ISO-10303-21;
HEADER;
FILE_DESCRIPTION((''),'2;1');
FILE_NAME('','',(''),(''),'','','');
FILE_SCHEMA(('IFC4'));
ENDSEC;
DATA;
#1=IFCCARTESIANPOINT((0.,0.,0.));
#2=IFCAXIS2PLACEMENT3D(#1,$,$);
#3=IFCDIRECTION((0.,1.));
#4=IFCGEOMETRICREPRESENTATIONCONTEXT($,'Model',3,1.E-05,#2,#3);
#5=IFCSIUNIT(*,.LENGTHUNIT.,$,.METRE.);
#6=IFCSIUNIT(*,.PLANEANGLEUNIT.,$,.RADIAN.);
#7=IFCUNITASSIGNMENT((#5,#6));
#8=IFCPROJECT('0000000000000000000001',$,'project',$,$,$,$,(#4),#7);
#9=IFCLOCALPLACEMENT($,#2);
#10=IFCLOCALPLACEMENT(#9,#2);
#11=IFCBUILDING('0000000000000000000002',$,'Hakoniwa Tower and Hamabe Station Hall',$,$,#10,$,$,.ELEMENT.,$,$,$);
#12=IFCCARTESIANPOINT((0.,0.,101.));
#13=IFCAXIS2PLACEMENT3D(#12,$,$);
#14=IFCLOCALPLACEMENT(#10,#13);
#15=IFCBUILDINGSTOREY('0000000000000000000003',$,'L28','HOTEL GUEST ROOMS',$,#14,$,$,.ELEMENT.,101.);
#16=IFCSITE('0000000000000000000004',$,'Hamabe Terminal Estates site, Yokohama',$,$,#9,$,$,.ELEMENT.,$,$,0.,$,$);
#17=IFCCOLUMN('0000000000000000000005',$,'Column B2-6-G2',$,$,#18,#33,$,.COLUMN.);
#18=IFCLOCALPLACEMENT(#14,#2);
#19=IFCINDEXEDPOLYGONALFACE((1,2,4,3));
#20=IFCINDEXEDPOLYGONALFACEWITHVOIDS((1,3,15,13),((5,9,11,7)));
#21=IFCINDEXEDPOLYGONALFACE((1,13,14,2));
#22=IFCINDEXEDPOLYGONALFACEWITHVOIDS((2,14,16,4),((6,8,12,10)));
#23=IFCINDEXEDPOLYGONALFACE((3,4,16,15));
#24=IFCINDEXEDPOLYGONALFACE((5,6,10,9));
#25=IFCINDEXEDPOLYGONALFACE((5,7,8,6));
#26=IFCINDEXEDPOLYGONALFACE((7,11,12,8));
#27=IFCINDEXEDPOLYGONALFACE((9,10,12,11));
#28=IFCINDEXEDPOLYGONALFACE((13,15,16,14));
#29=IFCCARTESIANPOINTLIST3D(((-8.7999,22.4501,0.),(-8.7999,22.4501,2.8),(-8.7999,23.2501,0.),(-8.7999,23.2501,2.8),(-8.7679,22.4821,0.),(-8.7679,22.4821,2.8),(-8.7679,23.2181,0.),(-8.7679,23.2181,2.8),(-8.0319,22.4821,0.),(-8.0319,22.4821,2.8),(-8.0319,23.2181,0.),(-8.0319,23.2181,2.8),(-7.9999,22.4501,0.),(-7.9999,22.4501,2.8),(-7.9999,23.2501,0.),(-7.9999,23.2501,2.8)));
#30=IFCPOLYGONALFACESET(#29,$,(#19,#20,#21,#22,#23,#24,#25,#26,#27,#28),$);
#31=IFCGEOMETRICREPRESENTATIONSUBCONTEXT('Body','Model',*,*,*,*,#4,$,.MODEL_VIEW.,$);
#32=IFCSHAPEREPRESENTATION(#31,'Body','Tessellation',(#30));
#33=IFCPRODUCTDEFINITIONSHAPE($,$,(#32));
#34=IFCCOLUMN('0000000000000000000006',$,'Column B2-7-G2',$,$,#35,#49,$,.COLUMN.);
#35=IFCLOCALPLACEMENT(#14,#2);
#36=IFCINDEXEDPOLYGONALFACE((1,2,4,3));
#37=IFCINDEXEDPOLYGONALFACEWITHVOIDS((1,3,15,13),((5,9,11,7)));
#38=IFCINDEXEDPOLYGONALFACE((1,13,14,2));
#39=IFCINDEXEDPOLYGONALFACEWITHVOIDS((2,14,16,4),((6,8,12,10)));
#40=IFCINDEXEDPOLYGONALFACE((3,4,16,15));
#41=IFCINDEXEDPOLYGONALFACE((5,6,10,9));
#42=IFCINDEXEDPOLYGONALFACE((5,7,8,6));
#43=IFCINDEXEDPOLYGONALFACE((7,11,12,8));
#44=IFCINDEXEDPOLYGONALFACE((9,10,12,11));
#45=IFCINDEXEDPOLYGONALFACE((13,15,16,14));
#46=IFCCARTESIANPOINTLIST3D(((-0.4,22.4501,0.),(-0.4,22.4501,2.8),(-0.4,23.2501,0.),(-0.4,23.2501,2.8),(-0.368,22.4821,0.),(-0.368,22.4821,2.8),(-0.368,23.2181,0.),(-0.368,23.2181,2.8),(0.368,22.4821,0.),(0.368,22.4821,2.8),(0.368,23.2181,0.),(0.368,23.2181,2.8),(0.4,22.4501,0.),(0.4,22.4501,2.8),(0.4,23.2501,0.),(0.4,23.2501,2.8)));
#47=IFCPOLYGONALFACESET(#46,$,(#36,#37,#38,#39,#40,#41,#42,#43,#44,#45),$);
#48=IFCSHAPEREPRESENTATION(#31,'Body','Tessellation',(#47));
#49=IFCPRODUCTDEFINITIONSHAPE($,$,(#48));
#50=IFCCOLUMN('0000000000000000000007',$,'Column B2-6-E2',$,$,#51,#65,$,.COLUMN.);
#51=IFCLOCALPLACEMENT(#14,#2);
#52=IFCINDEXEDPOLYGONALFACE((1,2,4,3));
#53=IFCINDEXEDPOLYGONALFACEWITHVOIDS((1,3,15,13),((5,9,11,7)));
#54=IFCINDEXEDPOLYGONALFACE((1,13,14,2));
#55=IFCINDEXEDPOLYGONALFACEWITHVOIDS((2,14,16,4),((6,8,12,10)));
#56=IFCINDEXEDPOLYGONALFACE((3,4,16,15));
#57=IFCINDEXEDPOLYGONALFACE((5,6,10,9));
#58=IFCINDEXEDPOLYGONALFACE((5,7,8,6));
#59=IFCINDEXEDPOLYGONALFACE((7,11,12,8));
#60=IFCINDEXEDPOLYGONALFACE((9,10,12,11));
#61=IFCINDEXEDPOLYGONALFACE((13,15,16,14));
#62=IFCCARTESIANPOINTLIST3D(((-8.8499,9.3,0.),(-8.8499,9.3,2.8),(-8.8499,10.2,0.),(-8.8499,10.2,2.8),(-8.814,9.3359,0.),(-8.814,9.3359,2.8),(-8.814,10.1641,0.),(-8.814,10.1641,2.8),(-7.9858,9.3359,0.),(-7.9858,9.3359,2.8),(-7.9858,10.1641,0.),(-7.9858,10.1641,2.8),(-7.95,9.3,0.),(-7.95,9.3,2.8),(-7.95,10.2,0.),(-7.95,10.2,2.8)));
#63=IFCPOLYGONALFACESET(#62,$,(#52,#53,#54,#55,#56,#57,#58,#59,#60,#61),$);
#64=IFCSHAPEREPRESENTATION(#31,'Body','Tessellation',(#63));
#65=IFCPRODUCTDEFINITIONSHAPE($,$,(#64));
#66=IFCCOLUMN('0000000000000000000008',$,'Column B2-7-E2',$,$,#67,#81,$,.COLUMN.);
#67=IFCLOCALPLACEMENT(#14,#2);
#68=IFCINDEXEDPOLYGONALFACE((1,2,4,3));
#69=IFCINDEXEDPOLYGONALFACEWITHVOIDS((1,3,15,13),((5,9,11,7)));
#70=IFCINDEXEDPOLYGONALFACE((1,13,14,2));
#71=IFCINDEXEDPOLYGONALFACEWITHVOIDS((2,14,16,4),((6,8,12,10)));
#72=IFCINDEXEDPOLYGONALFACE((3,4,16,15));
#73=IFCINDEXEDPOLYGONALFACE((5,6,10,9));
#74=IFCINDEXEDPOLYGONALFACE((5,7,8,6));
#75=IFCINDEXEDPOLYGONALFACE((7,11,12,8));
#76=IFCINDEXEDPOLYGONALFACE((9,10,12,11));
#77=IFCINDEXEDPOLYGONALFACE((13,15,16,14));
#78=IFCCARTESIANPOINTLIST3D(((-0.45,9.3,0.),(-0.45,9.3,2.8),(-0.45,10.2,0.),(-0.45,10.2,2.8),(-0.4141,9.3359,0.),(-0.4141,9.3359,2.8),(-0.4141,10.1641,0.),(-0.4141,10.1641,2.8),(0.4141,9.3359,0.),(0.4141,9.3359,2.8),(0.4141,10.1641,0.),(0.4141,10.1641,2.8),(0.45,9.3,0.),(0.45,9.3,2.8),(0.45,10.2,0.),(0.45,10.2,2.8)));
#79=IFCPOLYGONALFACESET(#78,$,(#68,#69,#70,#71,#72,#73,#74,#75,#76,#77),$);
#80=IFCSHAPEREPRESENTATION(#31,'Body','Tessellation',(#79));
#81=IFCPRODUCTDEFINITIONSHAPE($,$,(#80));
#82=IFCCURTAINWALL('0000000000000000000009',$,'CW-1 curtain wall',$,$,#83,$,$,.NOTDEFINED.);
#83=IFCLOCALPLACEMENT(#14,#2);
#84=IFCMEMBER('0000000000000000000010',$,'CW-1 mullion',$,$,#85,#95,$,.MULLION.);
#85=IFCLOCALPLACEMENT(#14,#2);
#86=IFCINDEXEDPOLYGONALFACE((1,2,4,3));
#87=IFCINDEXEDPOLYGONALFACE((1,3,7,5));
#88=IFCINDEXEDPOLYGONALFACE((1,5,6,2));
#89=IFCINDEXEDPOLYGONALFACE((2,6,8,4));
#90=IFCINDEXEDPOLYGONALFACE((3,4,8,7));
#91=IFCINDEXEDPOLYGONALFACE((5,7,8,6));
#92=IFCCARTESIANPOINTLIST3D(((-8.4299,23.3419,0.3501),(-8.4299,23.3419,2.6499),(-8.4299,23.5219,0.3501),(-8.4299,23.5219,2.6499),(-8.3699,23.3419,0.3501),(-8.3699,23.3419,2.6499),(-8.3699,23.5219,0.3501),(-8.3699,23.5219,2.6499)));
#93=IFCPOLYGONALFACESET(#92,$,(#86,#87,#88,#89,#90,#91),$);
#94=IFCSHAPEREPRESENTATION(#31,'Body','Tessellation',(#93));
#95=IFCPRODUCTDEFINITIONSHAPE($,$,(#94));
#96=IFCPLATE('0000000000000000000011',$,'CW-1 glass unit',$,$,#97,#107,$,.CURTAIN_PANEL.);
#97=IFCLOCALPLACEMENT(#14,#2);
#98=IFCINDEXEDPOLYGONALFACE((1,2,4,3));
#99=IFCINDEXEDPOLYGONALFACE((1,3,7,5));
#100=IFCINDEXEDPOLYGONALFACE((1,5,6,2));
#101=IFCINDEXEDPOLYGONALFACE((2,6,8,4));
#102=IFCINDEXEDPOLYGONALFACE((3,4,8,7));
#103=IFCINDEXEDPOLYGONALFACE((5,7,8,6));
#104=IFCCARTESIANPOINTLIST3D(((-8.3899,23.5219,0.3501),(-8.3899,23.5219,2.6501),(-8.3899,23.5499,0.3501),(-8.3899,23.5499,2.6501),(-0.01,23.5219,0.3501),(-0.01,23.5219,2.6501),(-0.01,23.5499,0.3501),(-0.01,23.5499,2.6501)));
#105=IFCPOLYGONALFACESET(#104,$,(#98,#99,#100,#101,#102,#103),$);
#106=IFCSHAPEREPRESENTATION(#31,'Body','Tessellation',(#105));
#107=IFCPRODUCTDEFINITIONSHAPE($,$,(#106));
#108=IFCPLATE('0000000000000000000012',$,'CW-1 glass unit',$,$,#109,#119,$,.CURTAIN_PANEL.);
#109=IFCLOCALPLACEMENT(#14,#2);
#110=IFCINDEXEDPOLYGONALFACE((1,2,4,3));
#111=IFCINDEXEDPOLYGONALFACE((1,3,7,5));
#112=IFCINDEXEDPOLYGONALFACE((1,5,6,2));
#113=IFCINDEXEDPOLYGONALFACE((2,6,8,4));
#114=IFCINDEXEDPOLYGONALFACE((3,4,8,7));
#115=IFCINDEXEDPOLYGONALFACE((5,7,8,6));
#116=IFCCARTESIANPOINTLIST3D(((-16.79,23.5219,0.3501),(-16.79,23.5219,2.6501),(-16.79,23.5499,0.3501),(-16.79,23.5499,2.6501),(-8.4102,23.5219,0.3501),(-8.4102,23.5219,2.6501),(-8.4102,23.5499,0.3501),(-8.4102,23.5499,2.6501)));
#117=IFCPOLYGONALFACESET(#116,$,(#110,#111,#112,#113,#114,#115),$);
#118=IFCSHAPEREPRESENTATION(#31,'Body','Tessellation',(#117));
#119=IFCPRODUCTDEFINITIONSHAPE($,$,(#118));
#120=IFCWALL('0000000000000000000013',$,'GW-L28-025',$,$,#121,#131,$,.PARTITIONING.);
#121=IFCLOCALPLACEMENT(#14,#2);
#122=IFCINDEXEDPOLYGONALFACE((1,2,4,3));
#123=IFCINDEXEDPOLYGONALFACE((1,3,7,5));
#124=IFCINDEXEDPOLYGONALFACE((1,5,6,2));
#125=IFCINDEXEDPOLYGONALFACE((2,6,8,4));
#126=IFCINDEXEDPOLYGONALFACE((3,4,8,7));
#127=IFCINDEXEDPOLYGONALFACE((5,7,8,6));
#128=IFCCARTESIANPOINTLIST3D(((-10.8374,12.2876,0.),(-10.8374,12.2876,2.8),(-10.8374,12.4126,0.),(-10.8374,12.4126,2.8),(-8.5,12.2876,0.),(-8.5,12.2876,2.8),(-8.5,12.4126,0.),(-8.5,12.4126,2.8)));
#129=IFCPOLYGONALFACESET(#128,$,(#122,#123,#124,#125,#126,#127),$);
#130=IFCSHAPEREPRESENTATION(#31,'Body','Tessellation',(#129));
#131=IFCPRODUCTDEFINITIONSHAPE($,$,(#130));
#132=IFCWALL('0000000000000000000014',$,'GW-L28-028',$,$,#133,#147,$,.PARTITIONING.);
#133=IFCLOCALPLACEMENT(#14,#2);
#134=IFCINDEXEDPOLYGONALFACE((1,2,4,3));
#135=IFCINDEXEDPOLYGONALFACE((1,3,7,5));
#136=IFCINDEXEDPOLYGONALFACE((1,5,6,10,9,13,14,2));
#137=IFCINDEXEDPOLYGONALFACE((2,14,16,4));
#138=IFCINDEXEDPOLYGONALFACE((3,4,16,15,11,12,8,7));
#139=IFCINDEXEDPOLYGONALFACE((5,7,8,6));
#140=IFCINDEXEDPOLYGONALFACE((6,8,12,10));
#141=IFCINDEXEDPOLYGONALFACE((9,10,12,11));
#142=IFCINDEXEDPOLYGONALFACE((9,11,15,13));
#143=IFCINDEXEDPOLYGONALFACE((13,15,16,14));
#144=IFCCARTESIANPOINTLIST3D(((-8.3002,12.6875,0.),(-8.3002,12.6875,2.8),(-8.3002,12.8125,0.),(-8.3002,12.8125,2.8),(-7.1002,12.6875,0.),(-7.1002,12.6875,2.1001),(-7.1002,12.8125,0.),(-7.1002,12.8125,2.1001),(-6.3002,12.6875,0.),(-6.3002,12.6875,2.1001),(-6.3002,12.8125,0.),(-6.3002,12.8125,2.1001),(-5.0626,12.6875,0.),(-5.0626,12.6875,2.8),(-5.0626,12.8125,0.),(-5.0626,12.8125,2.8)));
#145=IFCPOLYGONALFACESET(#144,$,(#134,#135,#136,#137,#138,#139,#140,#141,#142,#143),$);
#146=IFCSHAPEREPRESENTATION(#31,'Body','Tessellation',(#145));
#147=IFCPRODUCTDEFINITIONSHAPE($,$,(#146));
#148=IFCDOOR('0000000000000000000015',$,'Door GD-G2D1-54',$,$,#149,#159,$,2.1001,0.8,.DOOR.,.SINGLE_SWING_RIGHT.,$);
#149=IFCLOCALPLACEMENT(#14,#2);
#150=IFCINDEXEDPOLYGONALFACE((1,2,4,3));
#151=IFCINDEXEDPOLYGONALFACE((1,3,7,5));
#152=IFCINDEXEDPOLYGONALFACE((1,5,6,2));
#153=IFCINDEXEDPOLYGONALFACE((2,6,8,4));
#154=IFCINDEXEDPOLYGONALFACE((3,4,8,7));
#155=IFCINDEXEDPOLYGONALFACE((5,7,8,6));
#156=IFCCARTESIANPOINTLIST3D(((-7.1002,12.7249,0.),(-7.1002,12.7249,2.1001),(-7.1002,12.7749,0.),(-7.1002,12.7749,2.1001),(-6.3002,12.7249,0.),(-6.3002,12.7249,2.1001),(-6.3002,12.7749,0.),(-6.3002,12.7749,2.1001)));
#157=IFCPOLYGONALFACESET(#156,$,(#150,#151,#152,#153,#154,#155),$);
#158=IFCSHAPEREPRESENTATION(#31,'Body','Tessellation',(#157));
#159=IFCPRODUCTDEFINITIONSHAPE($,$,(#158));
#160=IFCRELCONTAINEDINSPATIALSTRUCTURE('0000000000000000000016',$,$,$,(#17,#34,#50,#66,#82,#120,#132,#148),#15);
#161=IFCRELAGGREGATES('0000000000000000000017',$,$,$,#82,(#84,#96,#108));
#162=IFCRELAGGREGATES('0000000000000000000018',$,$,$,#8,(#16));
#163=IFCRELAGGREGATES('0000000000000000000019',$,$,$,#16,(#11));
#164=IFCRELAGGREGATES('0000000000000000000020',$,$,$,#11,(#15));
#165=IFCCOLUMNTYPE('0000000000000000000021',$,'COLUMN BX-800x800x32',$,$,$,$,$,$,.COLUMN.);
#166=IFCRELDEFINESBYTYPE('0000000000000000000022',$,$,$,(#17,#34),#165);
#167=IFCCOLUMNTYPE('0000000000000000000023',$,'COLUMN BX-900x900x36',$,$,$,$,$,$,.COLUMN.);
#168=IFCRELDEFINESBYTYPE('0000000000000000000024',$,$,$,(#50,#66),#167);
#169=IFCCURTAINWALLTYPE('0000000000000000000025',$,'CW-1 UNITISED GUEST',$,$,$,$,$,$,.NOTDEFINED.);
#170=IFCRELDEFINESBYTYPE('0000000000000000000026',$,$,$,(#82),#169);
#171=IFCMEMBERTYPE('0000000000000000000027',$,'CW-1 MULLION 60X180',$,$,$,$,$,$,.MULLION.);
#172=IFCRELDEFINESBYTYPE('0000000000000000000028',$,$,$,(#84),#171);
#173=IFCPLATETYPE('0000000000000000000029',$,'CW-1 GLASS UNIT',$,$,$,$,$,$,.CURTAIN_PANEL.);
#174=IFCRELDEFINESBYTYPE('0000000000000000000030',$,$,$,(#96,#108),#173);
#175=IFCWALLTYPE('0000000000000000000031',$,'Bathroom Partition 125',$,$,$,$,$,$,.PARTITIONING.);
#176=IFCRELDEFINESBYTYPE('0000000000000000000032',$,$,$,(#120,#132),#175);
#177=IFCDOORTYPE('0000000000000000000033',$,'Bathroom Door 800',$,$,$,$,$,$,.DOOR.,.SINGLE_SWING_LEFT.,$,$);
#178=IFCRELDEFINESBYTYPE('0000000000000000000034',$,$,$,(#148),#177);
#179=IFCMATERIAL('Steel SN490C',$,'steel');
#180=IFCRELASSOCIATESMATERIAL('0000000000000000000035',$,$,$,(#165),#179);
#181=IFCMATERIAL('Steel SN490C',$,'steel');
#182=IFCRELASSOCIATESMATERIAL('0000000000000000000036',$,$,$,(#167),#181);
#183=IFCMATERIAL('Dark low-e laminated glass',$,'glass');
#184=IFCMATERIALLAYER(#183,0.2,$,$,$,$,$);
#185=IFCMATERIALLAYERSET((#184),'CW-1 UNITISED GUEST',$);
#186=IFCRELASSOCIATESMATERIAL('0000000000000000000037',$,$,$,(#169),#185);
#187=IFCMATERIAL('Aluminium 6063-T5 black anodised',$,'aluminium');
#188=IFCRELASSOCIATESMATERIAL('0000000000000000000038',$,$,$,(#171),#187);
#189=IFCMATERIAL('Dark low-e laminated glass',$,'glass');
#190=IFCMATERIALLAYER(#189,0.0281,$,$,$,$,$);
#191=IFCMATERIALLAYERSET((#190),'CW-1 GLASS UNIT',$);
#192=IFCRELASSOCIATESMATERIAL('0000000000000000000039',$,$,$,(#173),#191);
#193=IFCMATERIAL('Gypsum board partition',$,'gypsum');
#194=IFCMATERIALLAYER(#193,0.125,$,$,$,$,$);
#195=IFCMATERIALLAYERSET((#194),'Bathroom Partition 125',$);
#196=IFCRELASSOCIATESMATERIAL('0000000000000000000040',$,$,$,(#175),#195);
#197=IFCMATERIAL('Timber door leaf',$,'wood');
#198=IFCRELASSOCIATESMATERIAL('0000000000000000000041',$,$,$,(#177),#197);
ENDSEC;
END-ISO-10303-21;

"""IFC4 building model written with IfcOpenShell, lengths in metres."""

from ifc_helpers import new_model, si_unit, direction, frame, frame_2d, origin, origin_2d, place, context, subcontext, project, spatial, rectangle, hollow_rectangle, extrude, material, layer, layer_set, material_profile, profile_set, type_object, element, fill, aggregate, save


model = new_model("IFC4")

# Units and contexts
model_context = context("Model", 3, precision=1e-05, world=origin(), true_north=direction((0.0, 1.0)))
body_context = subcontext(model_context, "Body", "Model", "MODEL_VIEW")
ifc_project = project(units=[si_unit("LENGTHUNIT", "METRE"), si_unit("PLANEANGLEUNIT", "RADIAN")], contexts=[model_context])

# Site, building, storey
site_placement = place(None, origin())
site = spatial("IfcSite", under=ifc_project, at=site_placement, Name="Hamabe Terminal Estates site, Yokohama", CompositionType="ELEMENT", RefElevation=0.0)
building_placement = place(site_placement, origin())
building = spatial("IfcBuilding", under=site, at=building_placement, Name="Hakoniwa Tower and Hamabe Station Hall", CompositionType="ELEMENT")
storey_placement = place(building_placement, frame((0.0, 0.0, 101.0)))
storey = spatial("IfcBuildingStorey", under=building, at=storey_placement, Name="L28", Description="HOTEL GUEST ROOMS", CompositionType="ELEMENT", Elevation=101.0)

# Columns
ifc_material_1 = material(Name="Steel SN490C", Category="steel")
ifc_material_profile_1 = material_profile(ifc_material_1, hollow_rectangle(XDim=0.8, YDim=0.8, WallThickness=0.032, at=origin_2d()), Name="BX-800x800x32")
ifc_profile_set_1 = profile_set([ifc_material_profile_1], Name="Steel SN490C")
column_type_1 = type_object("IfcColumnType", Name="COLUMN BX-800x800x32", PredefinedType="COLUMN", material=ifc_profile_set_1)
for number, where, z_axis, x_axis, name in (
    (1, (-8.3999, 22.8501, 0.0), (0.0, 0.0, 1.0), (1.0, 0.0, 0.0), "Column B2-6-G2"),
    (2, (0.0, 22.8501, 0.0), (0.0, 0.0, 1.0), (1.0, 0.0, 0.0), "Column B2-7-G2"),
):
    element("IfcColumn", number, at=place(storey_placement, frame(where, z_axis=z_axis, x_axis=x_axis)), inside=storey, type_object=column_type_1, Name=name, PredefinedType="COLUMN", context=body_context, shape_type="SweptSolid", body=[
        extrude(hollow_rectangle(XDim=0.8, YDim=0.8, WallThickness=0.032, at=origin_2d()), origin(), (0.0, 0.0, 1.0), 2.8),
    ])
ifc_material_2 = material(Name="Steel SN490C", Category="steel")
ifc_material_profile_2 = material_profile(ifc_material_2, hollow_rectangle(XDim=0.8999, YDim=0.8999, WallThickness=0.0359, at=origin_2d()), Name="BX-900x900x36")
ifc_profile_set_2 = profile_set([ifc_material_profile_2], Name="Steel SN490C")
column_type_2 = type_object("IfcColumnType", Name="COLUMN BX-900x900x36", PredefinedType="COLUMN", material=ifc_profile_set_2)
for number, where, z_axis, x_axis, name in (
    (3, (-8.3999, 9.75, 0.0), (0.0, 0.0, 1.0), (1.0, 0.0, 0.0), "Column B2-6-E2"),
    (4, (0.0, 9.75, 0.0), (0.0, 0.0, 1.0), (1.0, 0.0, 0.0), "Column B2-7-E2"),
):
    element("IfcColumn", number, at=place(storey_placement, frame(where, z_axis=z_axis, x_axis=x_axis)), inside=storey, type_object=column_type_2, Name=name, PredefinedType="COLUMN", context=body_context, shape_type="SweptSolid", body=[
        extrude(hollow_rectangle(XDim=0.8999, YDim=0.8999, WallThickness=0.0359, at=origin_2d()), origin(), (0.0, 0.0, 1.0), 2.8),
    ])

# Curtain wall, member, plates
ifc_material_3 = material(Name="Dark low-e laminated glass", Category="glass")
ifc_layer_1 = layer(ifc_material_3, 0.2)
ifc_layer_set_1 = layer_set([ifc_layer_1], Name="CW-1 UNITISED GUEST")
curtain_wall_type = type_object("IfcCurtainWallType", Name="CW-1 UNITISED GUEST", PredefinedType="NOTDEFINED", material=ifc_layer_set_1)
curtain_wall_placement = place(storey_placement, origin())
curtain_wall = element("IfcCurtainWall", 5, at=curtain_wall_placement, inside=storey, type_object=curtain_wall_type, Name="CW-1 curtain wall", PredefinedType="NOTDEFINED")
ifc_material_4 = material(Name="Aluminium 6063-T5 black anodised", Category="aluminium")
ifc_material_profile_3 = material_profile(ifc_material_4, rectangle(XDim=0.0601, YDim=0.1799, at=origin_2d()), Name="CW-1 MULLION 60X180")
ifc_profile_set_3 = profile_set([ifc_material_profile_3], Name="Aluminium 6063-T5 black anodised")
member_type = type_object("IfcMemberType", Name="CW-1 MULLION 60X180", PredefinedType="MULLION", material=ifc_profile_set_3)
member_placement = place(storey_placement, frame((-8.3999, 23.4319, 0.3501), z_axis=(0.0, 0.0, 1.0), x_axis=(-1.0, 0.0, 0.0)))
member = element("IfcMember", 6, at=member_placement, type_object=member_type, Name="CW-1 mullion", PredefinedType="MULLION", context=body_context, shape_type="SweptSolid", body=[
    extrude(rectangle(XDim=0.0601, YDim=0.1799, at=origin_2d()), origin(), (0.0, 0.0, 1.0), 2.2998),
])
ifc_material_5 = material(Name="Dark low-e laminated glass", Category="glass")
ifc_layer_2 = layer(ifc_material_5, 0.0281)
ifc_layer_set_2 = layer_set([ifc_layer_2], Name="CW-1 GLASS UNIT")
plate_type = type_object("IfcPlateType", Name="CW-1 GLASS UNIT", PredefinedType="CURTAIN_PANEL", material=ifc_layer_set_2)
plate_1_placement = place(storey_placement, frame((-4.2, 23.5359, 0.3501), z_axis=(0.0, 0.0, 1.0), x_axis=(-1.0, 0.0, 0.0)))
plate_1 = element("IfcPlate", 7, at=plate_1_placement, type_object=plate_type, Name="CW-1 glass unit", PredefinedType="CURTAIN_PANEL", context=body_context, shape_type="SweptSolid", body=[
    extrude(rectangle(XDim=8.3799, YDim=0.0281, at=origin_2d()), origin(), (0.0, 0.0, 1.0), 2.3),
])
plate_2_placement = place(storey_placement, frame((-12.6001, 23.5359, 0.3501), z_axis=(0.0, 0.0, 1.0), x_axis=(-1.0, 0.0, 0.0)))
plate_2 = element("IfcPlate", 8, at=plate_2_placement, type_object=plate_type, Name="CW-1 glass unit", PredefinedType="CURTAIN_PANEL", context=body_context, shape_type="SweptSolid", body=[
    extrude(rectangle(XDim=8.3799, YDim=0.0281, at=origin_2d()), origin(), (0.0, 0.0, 1.0), 2.3),
])
aggregate(curtain_wall, [member, plate_1, plate_2])

# Wall
ifc_material_6 = material(Name="Gypsum board partition", Category="gypsum")
ifc_layer_3 = layer(ifc_material_6, 0.125)
ifc_layer_set_3 = layer_set([ifc_layer_3], Name="Bathroom Partition 125")
wall_type_1 = type_object("IfcWallType", Name="Bathroom Partition 125", PredefinedType="PARTITIONING", material=ifc_layer_set_3)
wall_1_placement = place(storey_placement, frame((-10.8374, 12.3501, 0.0), z_axis=(0.0, 0.0, 1.0), x_axis=(1.0, 0.0, 0.0)))
element("IfcWall", 9, at=wall_1_placement, inside=storey, type_object=wall_type_1, Name="GW-L28-025", PredefinedType="PARTITIONING", context=body_context, shape_type="SweptSolid", body=[
    extrude(rectangle(XDim=2.3374, YDim=0.125, at=frame_2d((1.1687, 0.0))), origin(), (0.0, 0.0, 1.0), 2.8),
])

# Wall, opening, door
wall_2_placement = place(storey_placement, frame((-8.3, 12.75, 0.0), z_axis=(0.0, 0.0, 1.0), x_axis=(1.0, 0.0, 0.0)))
wall_2 = element("IfcWall", 10, at=wall_2_placement, inside=storey, type_object=wall_type_1, Name="GW-L28-028", PredefinedType="PARTITIONING", context=body_context, shape_type="SweptSolid", body=[
    extrude(rectangle(XDim=3.2375, YDim=0.125, at=frame_2d((1.6187, 0.0))), origin(), (0.0, 0.0, 1.0), 2.8),
])
opening_1_placement = place(wall_2_placement, frame((1.2, 0.0, 0.0)))
opening_1 = element("IfcOpeningElement", 11, at=opening_1_placement, cuts=wall_2, PredefinedType="OPENING", context=body_context, shape_type="SweptSolid", body=[
    extrude(rectangle(XDim=0.8, YDim=2.1001, at=frame_2d((0.3999, 1.05))), frame((0.0, 0.0725, 0.0), z_axis=(0.0, -1.0, 0.0), x_axis=(1.0, 0.0, 0.0)), (0.0, 0.0, 1.0), 0.145),
])
ifc_material_7 = material(Name="Timber door leaf", Category="wood")
door_type = type_object("IfcDoorType", Name="Bathroom Door 800", OperationType="SINGLE_SWING_LEFT", PredefinedType="DOOR", material=ifc_material_7)
door_1_placement = place(opening_1_placement, origin())
door_1 = element("IfcDoor", 12, at=door_1_placement, inside=storey, type_object=door_type, Name="Door GD-G2D1-54", OperationType="SINGLE_SWING_RIGHT", OverallHeight=2.1001, OverallWidth=0.8, PredefinedType="DOOR", context=body_context, shape_type="SweptSolid", body=[
    extrude(rectangle(XDim=0.8, YDim=2.1001, at=frame_2d((0.3999, 1.05))), frame((0.0, 0.0249, 0.0), z_axis=(0.0, -1.0, 0.0), x_axis=(1.0, 0.0, 0.0)), (0.0, 0.0, 1.0), 0.05),
])
fill(opening_1, door_1)

save(model, "model.ifc")
